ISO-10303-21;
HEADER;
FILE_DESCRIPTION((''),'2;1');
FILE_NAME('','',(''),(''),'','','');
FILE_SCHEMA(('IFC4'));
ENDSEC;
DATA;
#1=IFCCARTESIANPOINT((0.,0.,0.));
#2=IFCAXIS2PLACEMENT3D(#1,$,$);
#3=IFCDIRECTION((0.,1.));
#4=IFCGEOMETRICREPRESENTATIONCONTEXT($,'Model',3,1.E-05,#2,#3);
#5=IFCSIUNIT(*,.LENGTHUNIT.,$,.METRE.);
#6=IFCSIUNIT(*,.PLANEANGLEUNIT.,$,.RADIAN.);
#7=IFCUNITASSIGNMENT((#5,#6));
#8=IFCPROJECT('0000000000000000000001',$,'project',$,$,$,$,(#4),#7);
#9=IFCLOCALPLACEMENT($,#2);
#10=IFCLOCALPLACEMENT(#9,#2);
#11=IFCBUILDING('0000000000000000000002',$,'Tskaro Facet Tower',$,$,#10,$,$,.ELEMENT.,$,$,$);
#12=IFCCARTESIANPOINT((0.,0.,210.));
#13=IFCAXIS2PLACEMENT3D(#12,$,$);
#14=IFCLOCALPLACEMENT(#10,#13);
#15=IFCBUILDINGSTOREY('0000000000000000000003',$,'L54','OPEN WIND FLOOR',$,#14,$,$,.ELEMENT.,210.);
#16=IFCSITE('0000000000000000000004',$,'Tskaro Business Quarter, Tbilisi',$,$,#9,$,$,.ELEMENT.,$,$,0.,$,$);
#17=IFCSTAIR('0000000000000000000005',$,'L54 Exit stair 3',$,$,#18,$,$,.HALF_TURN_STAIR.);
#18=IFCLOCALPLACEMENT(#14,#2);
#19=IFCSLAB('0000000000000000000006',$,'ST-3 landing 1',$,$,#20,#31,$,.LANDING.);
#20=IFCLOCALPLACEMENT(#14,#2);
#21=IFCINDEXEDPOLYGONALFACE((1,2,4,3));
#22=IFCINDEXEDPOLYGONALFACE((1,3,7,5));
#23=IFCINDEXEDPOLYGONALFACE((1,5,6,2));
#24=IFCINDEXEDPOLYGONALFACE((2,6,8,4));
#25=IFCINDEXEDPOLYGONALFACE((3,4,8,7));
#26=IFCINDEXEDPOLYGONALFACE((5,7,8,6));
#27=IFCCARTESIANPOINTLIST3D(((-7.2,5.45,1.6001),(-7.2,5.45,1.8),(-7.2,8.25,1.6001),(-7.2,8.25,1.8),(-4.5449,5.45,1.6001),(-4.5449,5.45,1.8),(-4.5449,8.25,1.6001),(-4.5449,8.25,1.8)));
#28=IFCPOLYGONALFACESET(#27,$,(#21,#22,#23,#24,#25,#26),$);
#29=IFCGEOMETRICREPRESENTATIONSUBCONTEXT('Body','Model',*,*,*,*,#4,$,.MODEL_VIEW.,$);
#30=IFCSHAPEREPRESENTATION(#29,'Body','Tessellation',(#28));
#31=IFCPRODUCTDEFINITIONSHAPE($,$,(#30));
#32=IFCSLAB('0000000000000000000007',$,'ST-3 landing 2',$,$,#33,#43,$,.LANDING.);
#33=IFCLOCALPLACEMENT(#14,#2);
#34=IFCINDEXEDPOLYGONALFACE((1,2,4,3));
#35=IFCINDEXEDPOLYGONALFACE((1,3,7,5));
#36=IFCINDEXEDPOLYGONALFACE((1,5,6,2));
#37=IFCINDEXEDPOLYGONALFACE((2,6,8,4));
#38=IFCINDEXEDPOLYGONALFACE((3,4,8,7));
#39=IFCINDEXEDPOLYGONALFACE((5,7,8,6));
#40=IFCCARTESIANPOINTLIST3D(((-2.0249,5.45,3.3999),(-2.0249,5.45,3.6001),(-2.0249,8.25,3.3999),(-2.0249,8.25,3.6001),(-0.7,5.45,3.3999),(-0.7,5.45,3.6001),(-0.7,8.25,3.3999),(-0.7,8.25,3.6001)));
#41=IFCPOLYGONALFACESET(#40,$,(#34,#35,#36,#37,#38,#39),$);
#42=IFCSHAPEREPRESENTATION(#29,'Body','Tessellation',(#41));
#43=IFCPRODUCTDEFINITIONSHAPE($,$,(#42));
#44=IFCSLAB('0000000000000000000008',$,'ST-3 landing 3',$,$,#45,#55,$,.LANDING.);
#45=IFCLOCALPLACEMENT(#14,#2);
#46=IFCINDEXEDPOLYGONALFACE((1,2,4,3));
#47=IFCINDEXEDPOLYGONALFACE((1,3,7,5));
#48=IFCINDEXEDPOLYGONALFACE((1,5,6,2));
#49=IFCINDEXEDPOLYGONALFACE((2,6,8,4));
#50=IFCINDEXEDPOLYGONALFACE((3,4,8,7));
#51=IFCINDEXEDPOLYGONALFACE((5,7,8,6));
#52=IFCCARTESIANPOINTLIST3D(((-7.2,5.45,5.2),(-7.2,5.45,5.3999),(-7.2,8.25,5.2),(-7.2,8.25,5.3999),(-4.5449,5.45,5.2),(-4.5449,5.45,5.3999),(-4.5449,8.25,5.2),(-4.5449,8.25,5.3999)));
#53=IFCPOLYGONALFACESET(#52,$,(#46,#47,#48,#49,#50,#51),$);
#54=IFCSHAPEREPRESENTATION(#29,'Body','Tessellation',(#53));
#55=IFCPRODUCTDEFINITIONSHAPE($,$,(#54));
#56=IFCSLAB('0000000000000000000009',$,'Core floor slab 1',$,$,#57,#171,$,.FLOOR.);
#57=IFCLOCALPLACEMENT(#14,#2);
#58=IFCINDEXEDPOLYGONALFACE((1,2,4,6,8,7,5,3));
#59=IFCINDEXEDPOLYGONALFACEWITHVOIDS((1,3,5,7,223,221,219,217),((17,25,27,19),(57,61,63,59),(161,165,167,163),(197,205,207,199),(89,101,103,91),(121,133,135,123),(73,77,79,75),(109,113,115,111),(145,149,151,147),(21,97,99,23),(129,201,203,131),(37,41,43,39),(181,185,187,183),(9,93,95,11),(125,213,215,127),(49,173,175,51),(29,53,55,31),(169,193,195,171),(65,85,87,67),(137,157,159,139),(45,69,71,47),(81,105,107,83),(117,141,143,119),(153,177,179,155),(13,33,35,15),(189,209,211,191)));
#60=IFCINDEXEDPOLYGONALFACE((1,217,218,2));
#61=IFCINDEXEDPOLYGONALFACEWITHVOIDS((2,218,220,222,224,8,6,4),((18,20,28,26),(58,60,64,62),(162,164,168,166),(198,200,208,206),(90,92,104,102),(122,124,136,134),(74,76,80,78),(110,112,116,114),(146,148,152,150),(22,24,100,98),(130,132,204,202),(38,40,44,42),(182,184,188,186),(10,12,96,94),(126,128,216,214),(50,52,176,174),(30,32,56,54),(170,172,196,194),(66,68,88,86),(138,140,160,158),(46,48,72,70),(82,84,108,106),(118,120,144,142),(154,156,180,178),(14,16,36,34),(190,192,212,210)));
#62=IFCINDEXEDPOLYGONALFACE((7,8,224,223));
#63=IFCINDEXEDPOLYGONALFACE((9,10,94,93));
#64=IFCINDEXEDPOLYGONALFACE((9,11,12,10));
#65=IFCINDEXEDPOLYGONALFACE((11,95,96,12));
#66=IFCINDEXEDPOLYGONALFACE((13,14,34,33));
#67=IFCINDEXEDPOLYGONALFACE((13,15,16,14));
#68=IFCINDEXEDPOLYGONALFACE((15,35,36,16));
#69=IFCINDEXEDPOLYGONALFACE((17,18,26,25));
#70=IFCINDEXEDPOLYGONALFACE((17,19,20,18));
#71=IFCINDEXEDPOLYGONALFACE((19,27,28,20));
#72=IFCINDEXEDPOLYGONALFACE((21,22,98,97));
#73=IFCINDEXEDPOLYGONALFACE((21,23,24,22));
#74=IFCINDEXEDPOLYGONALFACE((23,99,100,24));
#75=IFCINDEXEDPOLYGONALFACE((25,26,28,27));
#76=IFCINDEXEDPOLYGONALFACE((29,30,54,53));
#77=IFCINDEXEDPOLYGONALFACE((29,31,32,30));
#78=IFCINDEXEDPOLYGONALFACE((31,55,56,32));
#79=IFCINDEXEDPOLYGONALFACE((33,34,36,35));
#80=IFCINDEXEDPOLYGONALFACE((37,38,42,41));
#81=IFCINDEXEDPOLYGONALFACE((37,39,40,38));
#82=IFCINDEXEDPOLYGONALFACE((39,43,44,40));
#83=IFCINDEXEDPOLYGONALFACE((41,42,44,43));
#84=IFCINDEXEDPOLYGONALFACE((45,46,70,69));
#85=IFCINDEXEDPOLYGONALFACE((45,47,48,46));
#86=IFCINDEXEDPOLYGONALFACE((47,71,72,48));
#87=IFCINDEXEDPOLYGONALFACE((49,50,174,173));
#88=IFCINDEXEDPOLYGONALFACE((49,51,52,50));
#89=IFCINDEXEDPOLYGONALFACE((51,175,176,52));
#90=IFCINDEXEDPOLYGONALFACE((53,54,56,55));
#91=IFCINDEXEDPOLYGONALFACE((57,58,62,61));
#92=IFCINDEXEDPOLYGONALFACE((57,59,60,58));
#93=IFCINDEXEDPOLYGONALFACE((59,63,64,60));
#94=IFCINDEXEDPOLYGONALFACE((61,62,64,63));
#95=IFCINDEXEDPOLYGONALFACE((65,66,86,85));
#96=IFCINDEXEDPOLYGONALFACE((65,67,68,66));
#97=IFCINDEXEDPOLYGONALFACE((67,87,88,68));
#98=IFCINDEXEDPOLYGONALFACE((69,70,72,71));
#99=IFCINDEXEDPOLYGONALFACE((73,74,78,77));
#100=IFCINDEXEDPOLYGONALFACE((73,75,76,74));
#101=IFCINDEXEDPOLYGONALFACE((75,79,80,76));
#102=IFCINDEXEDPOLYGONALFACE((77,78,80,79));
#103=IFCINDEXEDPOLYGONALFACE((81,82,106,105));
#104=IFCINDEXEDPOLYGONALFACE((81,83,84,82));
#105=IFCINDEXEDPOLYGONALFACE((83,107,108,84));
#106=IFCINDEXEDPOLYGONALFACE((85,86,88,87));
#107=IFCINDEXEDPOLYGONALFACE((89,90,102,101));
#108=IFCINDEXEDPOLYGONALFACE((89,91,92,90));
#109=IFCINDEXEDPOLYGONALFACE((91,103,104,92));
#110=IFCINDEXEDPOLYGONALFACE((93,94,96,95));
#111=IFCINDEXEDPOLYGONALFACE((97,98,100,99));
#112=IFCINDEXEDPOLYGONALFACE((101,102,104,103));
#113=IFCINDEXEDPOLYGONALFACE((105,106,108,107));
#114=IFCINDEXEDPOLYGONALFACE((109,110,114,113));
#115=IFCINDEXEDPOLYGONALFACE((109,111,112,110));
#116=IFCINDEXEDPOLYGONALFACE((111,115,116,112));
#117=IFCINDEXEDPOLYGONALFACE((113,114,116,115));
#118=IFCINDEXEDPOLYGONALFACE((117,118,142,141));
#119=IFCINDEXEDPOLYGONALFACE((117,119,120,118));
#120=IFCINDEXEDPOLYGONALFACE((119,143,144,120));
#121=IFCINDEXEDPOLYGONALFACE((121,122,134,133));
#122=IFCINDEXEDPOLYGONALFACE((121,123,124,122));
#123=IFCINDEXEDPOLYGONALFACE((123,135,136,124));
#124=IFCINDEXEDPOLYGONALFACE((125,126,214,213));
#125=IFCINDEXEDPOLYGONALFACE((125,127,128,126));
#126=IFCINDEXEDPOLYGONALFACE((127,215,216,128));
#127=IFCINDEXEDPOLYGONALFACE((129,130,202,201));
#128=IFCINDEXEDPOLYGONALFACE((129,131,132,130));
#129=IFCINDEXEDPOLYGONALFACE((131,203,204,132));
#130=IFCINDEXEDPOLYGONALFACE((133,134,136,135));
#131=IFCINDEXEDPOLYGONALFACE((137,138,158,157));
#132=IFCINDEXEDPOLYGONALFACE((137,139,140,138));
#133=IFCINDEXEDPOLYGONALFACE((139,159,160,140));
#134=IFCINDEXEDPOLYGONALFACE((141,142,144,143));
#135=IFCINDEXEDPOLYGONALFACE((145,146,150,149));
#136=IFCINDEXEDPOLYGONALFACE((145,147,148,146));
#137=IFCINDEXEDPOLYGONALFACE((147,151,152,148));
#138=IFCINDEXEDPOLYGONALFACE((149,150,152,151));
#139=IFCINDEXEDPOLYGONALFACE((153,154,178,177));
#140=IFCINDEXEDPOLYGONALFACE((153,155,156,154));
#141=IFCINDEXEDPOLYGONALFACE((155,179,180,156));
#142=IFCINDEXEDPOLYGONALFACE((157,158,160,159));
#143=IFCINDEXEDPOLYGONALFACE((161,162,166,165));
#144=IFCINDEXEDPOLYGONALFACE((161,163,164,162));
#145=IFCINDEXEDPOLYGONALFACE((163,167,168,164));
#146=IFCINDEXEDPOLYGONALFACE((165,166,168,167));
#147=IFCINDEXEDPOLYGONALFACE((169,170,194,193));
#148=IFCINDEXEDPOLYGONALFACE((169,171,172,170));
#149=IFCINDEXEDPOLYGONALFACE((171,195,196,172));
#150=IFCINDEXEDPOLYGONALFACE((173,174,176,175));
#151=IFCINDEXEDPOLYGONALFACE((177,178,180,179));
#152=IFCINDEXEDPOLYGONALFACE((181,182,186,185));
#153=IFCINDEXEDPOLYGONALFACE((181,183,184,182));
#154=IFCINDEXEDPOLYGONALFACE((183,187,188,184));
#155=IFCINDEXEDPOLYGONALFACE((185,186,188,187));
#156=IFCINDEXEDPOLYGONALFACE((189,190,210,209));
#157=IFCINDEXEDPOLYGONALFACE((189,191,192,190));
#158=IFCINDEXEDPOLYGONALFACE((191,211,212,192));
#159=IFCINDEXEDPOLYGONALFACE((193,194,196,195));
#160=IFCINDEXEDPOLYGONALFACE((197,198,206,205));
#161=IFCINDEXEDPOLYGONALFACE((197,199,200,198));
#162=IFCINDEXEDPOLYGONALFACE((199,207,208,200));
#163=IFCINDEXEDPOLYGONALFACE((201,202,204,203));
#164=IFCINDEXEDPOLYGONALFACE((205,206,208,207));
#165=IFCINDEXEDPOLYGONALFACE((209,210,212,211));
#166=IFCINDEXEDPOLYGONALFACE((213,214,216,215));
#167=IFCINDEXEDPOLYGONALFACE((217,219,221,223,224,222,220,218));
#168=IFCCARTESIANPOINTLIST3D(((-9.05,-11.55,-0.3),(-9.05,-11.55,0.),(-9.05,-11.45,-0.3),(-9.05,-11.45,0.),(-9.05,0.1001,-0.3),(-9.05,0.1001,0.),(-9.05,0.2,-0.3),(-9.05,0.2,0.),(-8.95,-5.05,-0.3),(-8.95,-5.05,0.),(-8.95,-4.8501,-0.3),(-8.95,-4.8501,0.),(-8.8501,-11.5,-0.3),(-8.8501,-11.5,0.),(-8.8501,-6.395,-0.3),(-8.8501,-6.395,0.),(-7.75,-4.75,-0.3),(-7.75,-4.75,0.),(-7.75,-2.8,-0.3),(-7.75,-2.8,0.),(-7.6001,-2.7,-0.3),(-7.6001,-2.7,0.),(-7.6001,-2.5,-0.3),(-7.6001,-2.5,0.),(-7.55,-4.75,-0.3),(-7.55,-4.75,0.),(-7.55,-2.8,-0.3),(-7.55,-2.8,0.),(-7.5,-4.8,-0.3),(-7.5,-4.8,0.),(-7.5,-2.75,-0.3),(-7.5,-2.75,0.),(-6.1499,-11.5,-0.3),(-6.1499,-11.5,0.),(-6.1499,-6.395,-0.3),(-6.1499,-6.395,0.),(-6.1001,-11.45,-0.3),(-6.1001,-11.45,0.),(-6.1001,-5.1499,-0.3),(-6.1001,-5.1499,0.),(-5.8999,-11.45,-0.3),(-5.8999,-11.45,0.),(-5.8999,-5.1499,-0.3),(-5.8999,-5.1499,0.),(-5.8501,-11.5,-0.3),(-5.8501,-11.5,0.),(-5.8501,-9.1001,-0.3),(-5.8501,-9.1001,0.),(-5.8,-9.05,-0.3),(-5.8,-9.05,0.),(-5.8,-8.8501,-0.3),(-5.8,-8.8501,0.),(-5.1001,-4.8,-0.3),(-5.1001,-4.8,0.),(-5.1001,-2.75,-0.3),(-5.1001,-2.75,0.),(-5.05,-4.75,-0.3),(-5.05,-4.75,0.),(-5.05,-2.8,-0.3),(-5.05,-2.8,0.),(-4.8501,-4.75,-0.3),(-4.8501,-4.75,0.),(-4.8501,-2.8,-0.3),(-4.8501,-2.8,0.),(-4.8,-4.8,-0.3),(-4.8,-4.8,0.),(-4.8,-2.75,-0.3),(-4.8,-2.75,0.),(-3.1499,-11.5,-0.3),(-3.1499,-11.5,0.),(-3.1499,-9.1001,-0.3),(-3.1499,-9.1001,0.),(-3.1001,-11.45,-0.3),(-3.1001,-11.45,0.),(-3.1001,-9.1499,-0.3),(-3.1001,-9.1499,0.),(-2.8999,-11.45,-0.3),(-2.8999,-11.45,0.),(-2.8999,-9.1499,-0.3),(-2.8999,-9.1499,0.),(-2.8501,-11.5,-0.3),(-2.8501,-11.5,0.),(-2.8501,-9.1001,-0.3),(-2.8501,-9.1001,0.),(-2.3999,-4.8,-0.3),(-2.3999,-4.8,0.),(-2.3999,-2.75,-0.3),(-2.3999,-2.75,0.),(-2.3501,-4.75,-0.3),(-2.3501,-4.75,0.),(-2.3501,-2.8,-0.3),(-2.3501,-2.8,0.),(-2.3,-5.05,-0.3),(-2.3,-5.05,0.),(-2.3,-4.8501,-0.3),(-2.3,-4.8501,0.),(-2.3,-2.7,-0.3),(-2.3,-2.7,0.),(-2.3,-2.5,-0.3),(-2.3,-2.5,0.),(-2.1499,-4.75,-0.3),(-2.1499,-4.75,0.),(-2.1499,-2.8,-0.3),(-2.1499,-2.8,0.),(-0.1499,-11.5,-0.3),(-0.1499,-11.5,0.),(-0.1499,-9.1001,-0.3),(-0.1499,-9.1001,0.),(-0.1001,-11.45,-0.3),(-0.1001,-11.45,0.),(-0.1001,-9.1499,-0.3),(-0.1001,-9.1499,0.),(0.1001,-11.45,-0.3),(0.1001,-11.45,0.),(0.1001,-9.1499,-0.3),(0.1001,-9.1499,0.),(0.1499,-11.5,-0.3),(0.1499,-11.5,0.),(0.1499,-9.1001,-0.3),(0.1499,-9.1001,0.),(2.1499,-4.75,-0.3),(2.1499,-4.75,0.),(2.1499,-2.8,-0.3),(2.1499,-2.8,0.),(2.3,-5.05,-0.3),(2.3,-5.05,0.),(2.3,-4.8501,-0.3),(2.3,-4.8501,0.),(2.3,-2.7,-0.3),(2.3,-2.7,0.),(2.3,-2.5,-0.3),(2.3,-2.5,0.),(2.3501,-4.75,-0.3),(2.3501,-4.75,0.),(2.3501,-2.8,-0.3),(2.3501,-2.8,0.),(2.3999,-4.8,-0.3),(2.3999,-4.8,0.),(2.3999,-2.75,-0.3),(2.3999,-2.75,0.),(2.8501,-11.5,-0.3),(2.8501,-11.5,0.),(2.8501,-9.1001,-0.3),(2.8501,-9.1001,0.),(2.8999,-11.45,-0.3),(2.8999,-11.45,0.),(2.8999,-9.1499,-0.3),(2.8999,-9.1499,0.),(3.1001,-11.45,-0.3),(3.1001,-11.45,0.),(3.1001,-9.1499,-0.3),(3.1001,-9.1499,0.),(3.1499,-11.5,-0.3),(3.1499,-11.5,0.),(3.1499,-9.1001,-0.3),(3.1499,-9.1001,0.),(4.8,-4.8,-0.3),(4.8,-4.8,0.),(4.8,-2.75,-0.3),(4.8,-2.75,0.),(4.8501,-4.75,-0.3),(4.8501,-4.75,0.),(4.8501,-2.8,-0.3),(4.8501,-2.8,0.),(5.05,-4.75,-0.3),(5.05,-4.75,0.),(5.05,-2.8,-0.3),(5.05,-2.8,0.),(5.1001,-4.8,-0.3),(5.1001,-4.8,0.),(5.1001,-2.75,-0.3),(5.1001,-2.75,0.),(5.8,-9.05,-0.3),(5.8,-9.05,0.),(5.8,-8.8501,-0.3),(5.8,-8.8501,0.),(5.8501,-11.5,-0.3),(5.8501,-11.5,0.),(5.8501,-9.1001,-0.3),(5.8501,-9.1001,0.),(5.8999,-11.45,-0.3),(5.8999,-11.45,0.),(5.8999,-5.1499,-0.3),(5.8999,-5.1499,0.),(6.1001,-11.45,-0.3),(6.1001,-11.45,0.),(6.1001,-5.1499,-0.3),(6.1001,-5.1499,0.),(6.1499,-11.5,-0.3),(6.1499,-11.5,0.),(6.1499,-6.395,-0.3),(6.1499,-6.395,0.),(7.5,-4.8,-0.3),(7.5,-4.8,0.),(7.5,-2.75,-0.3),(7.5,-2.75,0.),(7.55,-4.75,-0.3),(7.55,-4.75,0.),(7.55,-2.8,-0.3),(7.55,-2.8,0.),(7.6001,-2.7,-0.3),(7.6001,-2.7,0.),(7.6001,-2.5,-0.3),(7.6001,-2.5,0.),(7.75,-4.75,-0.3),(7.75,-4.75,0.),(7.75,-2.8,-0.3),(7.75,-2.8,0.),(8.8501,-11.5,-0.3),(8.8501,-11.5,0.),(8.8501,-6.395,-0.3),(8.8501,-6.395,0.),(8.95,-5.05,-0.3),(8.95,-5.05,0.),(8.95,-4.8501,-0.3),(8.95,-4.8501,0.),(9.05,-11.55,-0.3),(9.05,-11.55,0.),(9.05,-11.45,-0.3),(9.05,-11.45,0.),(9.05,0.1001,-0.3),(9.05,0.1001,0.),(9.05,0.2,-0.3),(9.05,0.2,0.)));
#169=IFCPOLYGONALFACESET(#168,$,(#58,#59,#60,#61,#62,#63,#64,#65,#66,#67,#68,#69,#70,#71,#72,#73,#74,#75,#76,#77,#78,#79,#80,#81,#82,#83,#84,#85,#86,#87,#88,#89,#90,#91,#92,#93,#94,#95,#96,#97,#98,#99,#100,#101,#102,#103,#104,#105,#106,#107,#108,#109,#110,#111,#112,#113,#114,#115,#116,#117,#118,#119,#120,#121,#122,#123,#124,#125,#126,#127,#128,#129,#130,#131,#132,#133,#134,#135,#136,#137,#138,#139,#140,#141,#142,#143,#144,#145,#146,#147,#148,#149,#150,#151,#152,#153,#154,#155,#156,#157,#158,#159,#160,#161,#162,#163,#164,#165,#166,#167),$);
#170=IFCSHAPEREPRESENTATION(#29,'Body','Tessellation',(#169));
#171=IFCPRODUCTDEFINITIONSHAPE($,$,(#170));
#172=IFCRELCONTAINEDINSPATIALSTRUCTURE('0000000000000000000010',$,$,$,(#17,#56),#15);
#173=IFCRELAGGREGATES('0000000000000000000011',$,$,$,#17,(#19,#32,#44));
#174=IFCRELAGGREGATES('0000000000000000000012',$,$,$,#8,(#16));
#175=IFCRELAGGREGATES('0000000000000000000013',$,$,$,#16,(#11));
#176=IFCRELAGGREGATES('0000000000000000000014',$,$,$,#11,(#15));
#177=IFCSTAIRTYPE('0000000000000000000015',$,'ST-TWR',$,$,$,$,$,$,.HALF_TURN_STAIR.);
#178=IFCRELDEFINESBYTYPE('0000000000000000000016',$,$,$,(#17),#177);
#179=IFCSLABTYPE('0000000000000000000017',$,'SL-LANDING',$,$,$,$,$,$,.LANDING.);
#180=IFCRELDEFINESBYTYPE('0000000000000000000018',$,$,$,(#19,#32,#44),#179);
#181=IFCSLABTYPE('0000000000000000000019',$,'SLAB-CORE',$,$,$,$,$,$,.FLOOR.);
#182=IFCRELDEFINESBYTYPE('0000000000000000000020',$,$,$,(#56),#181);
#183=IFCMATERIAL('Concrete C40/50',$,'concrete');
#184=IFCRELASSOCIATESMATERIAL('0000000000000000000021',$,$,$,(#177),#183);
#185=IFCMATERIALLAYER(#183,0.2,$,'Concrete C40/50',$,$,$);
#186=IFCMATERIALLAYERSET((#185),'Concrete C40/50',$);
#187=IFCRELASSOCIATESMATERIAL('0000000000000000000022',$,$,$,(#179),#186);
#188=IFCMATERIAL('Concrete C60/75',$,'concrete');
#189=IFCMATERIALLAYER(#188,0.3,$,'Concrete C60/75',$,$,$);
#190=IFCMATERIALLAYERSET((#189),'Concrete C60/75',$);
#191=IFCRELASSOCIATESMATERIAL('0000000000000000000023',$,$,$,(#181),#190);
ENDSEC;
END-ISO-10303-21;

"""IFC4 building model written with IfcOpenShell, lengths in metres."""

from ifc_helpers import new_model, si_unit, direction, frame, origin, place, context, subcontext, project, spatial, polyline, outline, extrude, material, layer, layer_set, type_object, element, aggregate, save


model = new_model("IFC4")

# Units and contexts
model_context = context("Model", 3, precision=1e-05, world=origin(), true_north=direction((0.0, 1.0)))
body_context = subcontext(model_context, "Body", "Model", "MODEL_VIEW")
ifc_project = project(units=[si_unit("LENGTHUNIT", "METRE"), si_unit("PLANEANGLEUNIT", "RADIAN")], contexts=[model_context])

# Site, building, storey
site_placement = place(None, origin())
site = spatial("IfcSite", under=ifc_project, at=site_placement, Name="Tskaro Business Quarter, Tbilisi", CompositionType="ELEMENT", RefElevation=0.0)
building_placement = place(site_placement, origin())
building = spatial("IfcBuilding", under=site, at=building_placement, Name="Tskaro Facet Tower", CompositionType="ELEMENT")
storey_placement = place(building_placement, frame((0.0, 0.0, 210.0)))
storey = spatial("IfcBuildingStorey", under=building, at=storey_placement, Name="L54", Description="OPEN WIND FLOOR", CompositionType="ELEMENT", Elevation=210.0)

# Stair, slabs
ifc_material_1 = material(Name="Concrete C40/50", Category="concrete")
stair_type = type_object("IfcStairType", Name="ST-TWR", PredefinedType="HALF_TURN_STAIR", material=ifc_material_1)
ifc_layer_1 = layer(ifc_material_1, 0.2, Name="Concrete C40/50")
ifc_layer_set_1 = layer_set([ifc_layer_1], Name="Concrete C40/50")
slab_type_1 = type_object("IfcSlabType", Name="SL-LANDING", PredefinedType="LANDING", material=ifc_layer_set_1)
stair_1_placement = place(storey_placement, origin())
stair_1 = element("IfcStair", 1, at=stair_1_placement, inside=storey, type_object=stair_type, Name="L54 Exit stair 3", PredefinedType="HALF_TURN_STAIR")
slab_1_placement = place(storey_placement, frame((0.0, 0.0, 1.6001)))
slab_1 = element("IfcSlab", 2, at=slab_1_placement, type_object=slab_type_1, Name="ST-3 landing 1", PredefinedType="LANDING", context=body_context, shape_type="SweptSolid", body=[
    extrude(outline(polyline([(-7.2, 5.45), (-4.5449, 5.45), (-4.5449, 8.25), (-7.2, 8.25), (-7.2, 5.45)])), origin(), (0.0, 0.0, 1.0), 0.2),
])
slab_2_placement = place(storey_placement, frame((0.0, 0.0, 3.3999)))
slab_2 = element("IfcSlab", 3, at=slab_2_placement, type_object=slab_type_1, Name="ST-3 landing 2", PredefinedType="LANDING", context=body_context, shape_type="SweptSolid", body=[
    extrude(outline(polyline([(-2.0249, 5.45), (-0.7, 5.45), (-0.7, 8.25), (-2.0249, 8.25), (-2.0249, 5.45)])), origin(), (0.0, 0.0, 1.0), 0.2002),
])
slab_3_placement = place(storey_placement, frame((0.0, 0.0, 5.2)))
slab_3 = element("IfcSlab", 4, at=slab_3_placement, type_object=slab_type_1, Name="ST-3 landing 3", PredefinedType="LANDING", context=body_context, shape_type="SweptSolid", body=[
    extrude(outline(polyline([(-7.2, 5.45), (-4.5449, 5.45), (-4.5449, 8.25), (-7.2, 8.25), (-7.2, 5.45)])), origin(), (0.0, 0.0, 1.0), 0.2),
])

# Slab
ifc_material_2 = material(Name="Concrete C60/75", Category="concrete")
ifc_layer_2 = layer(ifc_material_2, 0.3, Name="Concrete C60/75")
ifc_layer_set_2 = layer_set([ifc_layer_2], Name="Concrete C60/75")
slab_type_2 = type_object("IfcSlabType", Name="SLAB-CORE", PredefinedType="FLOOR", material=ifc_layer_set_2)
slab_4_placement = place(storey_placement, frame((0.0, 0.0, -0.3)))
element("IfcSlab", 5, at=slab_4_placement, inside=storey, type_object=slab_type_2, Name="Core floor slab 1", PredefinedType="FLOOR", context=body_context, shape_type="SweptSolid", body=[
    extrude(outline(polyline([(-9.05, 0.2), (9.05, 0.2), (9.05, 0.1001), (9.05, -11.45), (9.05, -11.55), (-9.05, -11.55), (-9.05, -11.45), (-9.05, 0.1001), (-9.05, 0.2)]), holes=[polyline([(-5.8501, -9.1001), (-5.8501, -11.5), (-3.1499, -11.5), (-3.1499, -9.1001), (-5.8501, -9.1001)]), polyline([(-3.1001, -11.45), (-2.8999, -11.45), (-2.8999, -9.1499), (-3.1001, -9.1499), (-3.1001, -11.45)]), polyline([(-2.8501, -9.1001), (-2.8501, -11.5), (-0.1499, -11.5), (-0.1499, -9.1001), (-2.8501, -9.1001)]), polyline([(-6.1001, -11.45), (-5.8999, -11.45), (-5.8999, -5.1499), (-6.1001, -5.1499), (-6.1001, -11.45)]), polyline([(-8.95, -5.05), (-2.3, -5.05), (-2.3, -4.8501), (-8.95, -4.8501), (-8.95, -5.05)]), polyline([(-7.75, -4.75), (-7.55, -4.75), (-7.55, -2.8), (-7.75, -2.8), (-7.75, -4.75)]), polyline([(-7.5, -4.8), (-5.1001, -4.8), (-5.1001, -2.75), (-7.5, -2.75), (-7.5, -4.8)]), polyline([(-5.05, -4.75), (-4.8501, -4.75), (-4.8501, -2.8), (-5.05, -2.8), (-5.05, -4.75)]), polyline([(-2.3999, -4.8), (-2.3999, -2.75), (-4.8, -2.75), (-4.8, -4.8), (-2.3999, -4.8)]), polyline([(-2.3501, -4.75), (-2.1499, -4.75), (-2.1499, -2.8), (-2.3501, -2.8), (-2.3501, -4.75)]), polyline([(-7.6001, -2.7), (-2.3, -2.7), (-2.3, -2.5), (-7.6001, -2.5), (-7.6001, -2.7)]), polyline([(-0.1001, -11.45), (0.1001, -11.45), (0.1001, -9.1499), (-0.1001, -9.1499), (-0.1001, -11.45)]), polyline([(0.1499, -9.1001), (0.1499, -11.5), (2.8501, -11.5), (2.8501, -9.1001), (0.1499, -9.1001)]), polyline([(2.8999, -11.45), (3.1001, -11.45), (3.1001, -9.1499), (2.8999, -9.1499), (2.8999, -11.45)]), polyline([(3.1499, -9.1001), (3.1499, -11.5), (5.8501, -11.5), (5.8501, -9.1001), (3.1499, -9.1001)]), polyline([(-5.8, -9.05), (5.8, -9.05), (5.8, -8.8501), (-5.8, -8.8501), (-5.8, -9.05)]), polyline([(5.8999, -11.45), (6.1001, -11.45), (6.1001, -5.1499), (5.8999, -5.1499), (5.8999, -11.45)]), polyline([(2.3, -5.05), (8.95, -5.05), (8.95, -4.8501), (2.3, -4.8501), (2.3, -5.05)]), polyline([(2.1499, -4.75), (2.3501, -4.75), (2.3501, -2.8), (2.1499, -2.8), (2.1499, -4.75)]), polyline([(4.8, -4.8), (4.8, -2.75), (2.3999, -2.75), (2.3999, -4.8), (4.8, -4.8)]), polyline([(4.8501, -4.75), (5.05, -4.75), (5.05, -2.8), (4.8501, -2.8), (4.8501, -4.75)]), polyline([(7.5, -4.8), (7.5, -2.75), (5.1001, -2.75), (5.1001, -4.8), (7.5, -4.8)]), polyline([(7.55, -4.75), (7.75, -4.75), (7.75, -2.8), (7.55, -2.8), (7.55, -4.75)]), polyline([(2.3, -2.7), (7.6001, -2.7), (7.6001, -2.5), (2.3, -2.5), (2.3, -2.7)]), polyline([(-8.8501, -11.5), (-6.1499, -11.5), (-6.1499, -6.395), (-8.8501, -6.395), (-8.8501, -11.5)]), polyline([(6.1499, -6.395), (6.1499, -11.5), (8.8501, -11.5), (8.8501, -6.395), (6.1499, -6.395)])]), origin(), (0.0, 0.0, 1.0), 0.3),
])

aggregate(stair_1, [slab_1, slab_2, slab_3])

save(model, "model.ifc")
